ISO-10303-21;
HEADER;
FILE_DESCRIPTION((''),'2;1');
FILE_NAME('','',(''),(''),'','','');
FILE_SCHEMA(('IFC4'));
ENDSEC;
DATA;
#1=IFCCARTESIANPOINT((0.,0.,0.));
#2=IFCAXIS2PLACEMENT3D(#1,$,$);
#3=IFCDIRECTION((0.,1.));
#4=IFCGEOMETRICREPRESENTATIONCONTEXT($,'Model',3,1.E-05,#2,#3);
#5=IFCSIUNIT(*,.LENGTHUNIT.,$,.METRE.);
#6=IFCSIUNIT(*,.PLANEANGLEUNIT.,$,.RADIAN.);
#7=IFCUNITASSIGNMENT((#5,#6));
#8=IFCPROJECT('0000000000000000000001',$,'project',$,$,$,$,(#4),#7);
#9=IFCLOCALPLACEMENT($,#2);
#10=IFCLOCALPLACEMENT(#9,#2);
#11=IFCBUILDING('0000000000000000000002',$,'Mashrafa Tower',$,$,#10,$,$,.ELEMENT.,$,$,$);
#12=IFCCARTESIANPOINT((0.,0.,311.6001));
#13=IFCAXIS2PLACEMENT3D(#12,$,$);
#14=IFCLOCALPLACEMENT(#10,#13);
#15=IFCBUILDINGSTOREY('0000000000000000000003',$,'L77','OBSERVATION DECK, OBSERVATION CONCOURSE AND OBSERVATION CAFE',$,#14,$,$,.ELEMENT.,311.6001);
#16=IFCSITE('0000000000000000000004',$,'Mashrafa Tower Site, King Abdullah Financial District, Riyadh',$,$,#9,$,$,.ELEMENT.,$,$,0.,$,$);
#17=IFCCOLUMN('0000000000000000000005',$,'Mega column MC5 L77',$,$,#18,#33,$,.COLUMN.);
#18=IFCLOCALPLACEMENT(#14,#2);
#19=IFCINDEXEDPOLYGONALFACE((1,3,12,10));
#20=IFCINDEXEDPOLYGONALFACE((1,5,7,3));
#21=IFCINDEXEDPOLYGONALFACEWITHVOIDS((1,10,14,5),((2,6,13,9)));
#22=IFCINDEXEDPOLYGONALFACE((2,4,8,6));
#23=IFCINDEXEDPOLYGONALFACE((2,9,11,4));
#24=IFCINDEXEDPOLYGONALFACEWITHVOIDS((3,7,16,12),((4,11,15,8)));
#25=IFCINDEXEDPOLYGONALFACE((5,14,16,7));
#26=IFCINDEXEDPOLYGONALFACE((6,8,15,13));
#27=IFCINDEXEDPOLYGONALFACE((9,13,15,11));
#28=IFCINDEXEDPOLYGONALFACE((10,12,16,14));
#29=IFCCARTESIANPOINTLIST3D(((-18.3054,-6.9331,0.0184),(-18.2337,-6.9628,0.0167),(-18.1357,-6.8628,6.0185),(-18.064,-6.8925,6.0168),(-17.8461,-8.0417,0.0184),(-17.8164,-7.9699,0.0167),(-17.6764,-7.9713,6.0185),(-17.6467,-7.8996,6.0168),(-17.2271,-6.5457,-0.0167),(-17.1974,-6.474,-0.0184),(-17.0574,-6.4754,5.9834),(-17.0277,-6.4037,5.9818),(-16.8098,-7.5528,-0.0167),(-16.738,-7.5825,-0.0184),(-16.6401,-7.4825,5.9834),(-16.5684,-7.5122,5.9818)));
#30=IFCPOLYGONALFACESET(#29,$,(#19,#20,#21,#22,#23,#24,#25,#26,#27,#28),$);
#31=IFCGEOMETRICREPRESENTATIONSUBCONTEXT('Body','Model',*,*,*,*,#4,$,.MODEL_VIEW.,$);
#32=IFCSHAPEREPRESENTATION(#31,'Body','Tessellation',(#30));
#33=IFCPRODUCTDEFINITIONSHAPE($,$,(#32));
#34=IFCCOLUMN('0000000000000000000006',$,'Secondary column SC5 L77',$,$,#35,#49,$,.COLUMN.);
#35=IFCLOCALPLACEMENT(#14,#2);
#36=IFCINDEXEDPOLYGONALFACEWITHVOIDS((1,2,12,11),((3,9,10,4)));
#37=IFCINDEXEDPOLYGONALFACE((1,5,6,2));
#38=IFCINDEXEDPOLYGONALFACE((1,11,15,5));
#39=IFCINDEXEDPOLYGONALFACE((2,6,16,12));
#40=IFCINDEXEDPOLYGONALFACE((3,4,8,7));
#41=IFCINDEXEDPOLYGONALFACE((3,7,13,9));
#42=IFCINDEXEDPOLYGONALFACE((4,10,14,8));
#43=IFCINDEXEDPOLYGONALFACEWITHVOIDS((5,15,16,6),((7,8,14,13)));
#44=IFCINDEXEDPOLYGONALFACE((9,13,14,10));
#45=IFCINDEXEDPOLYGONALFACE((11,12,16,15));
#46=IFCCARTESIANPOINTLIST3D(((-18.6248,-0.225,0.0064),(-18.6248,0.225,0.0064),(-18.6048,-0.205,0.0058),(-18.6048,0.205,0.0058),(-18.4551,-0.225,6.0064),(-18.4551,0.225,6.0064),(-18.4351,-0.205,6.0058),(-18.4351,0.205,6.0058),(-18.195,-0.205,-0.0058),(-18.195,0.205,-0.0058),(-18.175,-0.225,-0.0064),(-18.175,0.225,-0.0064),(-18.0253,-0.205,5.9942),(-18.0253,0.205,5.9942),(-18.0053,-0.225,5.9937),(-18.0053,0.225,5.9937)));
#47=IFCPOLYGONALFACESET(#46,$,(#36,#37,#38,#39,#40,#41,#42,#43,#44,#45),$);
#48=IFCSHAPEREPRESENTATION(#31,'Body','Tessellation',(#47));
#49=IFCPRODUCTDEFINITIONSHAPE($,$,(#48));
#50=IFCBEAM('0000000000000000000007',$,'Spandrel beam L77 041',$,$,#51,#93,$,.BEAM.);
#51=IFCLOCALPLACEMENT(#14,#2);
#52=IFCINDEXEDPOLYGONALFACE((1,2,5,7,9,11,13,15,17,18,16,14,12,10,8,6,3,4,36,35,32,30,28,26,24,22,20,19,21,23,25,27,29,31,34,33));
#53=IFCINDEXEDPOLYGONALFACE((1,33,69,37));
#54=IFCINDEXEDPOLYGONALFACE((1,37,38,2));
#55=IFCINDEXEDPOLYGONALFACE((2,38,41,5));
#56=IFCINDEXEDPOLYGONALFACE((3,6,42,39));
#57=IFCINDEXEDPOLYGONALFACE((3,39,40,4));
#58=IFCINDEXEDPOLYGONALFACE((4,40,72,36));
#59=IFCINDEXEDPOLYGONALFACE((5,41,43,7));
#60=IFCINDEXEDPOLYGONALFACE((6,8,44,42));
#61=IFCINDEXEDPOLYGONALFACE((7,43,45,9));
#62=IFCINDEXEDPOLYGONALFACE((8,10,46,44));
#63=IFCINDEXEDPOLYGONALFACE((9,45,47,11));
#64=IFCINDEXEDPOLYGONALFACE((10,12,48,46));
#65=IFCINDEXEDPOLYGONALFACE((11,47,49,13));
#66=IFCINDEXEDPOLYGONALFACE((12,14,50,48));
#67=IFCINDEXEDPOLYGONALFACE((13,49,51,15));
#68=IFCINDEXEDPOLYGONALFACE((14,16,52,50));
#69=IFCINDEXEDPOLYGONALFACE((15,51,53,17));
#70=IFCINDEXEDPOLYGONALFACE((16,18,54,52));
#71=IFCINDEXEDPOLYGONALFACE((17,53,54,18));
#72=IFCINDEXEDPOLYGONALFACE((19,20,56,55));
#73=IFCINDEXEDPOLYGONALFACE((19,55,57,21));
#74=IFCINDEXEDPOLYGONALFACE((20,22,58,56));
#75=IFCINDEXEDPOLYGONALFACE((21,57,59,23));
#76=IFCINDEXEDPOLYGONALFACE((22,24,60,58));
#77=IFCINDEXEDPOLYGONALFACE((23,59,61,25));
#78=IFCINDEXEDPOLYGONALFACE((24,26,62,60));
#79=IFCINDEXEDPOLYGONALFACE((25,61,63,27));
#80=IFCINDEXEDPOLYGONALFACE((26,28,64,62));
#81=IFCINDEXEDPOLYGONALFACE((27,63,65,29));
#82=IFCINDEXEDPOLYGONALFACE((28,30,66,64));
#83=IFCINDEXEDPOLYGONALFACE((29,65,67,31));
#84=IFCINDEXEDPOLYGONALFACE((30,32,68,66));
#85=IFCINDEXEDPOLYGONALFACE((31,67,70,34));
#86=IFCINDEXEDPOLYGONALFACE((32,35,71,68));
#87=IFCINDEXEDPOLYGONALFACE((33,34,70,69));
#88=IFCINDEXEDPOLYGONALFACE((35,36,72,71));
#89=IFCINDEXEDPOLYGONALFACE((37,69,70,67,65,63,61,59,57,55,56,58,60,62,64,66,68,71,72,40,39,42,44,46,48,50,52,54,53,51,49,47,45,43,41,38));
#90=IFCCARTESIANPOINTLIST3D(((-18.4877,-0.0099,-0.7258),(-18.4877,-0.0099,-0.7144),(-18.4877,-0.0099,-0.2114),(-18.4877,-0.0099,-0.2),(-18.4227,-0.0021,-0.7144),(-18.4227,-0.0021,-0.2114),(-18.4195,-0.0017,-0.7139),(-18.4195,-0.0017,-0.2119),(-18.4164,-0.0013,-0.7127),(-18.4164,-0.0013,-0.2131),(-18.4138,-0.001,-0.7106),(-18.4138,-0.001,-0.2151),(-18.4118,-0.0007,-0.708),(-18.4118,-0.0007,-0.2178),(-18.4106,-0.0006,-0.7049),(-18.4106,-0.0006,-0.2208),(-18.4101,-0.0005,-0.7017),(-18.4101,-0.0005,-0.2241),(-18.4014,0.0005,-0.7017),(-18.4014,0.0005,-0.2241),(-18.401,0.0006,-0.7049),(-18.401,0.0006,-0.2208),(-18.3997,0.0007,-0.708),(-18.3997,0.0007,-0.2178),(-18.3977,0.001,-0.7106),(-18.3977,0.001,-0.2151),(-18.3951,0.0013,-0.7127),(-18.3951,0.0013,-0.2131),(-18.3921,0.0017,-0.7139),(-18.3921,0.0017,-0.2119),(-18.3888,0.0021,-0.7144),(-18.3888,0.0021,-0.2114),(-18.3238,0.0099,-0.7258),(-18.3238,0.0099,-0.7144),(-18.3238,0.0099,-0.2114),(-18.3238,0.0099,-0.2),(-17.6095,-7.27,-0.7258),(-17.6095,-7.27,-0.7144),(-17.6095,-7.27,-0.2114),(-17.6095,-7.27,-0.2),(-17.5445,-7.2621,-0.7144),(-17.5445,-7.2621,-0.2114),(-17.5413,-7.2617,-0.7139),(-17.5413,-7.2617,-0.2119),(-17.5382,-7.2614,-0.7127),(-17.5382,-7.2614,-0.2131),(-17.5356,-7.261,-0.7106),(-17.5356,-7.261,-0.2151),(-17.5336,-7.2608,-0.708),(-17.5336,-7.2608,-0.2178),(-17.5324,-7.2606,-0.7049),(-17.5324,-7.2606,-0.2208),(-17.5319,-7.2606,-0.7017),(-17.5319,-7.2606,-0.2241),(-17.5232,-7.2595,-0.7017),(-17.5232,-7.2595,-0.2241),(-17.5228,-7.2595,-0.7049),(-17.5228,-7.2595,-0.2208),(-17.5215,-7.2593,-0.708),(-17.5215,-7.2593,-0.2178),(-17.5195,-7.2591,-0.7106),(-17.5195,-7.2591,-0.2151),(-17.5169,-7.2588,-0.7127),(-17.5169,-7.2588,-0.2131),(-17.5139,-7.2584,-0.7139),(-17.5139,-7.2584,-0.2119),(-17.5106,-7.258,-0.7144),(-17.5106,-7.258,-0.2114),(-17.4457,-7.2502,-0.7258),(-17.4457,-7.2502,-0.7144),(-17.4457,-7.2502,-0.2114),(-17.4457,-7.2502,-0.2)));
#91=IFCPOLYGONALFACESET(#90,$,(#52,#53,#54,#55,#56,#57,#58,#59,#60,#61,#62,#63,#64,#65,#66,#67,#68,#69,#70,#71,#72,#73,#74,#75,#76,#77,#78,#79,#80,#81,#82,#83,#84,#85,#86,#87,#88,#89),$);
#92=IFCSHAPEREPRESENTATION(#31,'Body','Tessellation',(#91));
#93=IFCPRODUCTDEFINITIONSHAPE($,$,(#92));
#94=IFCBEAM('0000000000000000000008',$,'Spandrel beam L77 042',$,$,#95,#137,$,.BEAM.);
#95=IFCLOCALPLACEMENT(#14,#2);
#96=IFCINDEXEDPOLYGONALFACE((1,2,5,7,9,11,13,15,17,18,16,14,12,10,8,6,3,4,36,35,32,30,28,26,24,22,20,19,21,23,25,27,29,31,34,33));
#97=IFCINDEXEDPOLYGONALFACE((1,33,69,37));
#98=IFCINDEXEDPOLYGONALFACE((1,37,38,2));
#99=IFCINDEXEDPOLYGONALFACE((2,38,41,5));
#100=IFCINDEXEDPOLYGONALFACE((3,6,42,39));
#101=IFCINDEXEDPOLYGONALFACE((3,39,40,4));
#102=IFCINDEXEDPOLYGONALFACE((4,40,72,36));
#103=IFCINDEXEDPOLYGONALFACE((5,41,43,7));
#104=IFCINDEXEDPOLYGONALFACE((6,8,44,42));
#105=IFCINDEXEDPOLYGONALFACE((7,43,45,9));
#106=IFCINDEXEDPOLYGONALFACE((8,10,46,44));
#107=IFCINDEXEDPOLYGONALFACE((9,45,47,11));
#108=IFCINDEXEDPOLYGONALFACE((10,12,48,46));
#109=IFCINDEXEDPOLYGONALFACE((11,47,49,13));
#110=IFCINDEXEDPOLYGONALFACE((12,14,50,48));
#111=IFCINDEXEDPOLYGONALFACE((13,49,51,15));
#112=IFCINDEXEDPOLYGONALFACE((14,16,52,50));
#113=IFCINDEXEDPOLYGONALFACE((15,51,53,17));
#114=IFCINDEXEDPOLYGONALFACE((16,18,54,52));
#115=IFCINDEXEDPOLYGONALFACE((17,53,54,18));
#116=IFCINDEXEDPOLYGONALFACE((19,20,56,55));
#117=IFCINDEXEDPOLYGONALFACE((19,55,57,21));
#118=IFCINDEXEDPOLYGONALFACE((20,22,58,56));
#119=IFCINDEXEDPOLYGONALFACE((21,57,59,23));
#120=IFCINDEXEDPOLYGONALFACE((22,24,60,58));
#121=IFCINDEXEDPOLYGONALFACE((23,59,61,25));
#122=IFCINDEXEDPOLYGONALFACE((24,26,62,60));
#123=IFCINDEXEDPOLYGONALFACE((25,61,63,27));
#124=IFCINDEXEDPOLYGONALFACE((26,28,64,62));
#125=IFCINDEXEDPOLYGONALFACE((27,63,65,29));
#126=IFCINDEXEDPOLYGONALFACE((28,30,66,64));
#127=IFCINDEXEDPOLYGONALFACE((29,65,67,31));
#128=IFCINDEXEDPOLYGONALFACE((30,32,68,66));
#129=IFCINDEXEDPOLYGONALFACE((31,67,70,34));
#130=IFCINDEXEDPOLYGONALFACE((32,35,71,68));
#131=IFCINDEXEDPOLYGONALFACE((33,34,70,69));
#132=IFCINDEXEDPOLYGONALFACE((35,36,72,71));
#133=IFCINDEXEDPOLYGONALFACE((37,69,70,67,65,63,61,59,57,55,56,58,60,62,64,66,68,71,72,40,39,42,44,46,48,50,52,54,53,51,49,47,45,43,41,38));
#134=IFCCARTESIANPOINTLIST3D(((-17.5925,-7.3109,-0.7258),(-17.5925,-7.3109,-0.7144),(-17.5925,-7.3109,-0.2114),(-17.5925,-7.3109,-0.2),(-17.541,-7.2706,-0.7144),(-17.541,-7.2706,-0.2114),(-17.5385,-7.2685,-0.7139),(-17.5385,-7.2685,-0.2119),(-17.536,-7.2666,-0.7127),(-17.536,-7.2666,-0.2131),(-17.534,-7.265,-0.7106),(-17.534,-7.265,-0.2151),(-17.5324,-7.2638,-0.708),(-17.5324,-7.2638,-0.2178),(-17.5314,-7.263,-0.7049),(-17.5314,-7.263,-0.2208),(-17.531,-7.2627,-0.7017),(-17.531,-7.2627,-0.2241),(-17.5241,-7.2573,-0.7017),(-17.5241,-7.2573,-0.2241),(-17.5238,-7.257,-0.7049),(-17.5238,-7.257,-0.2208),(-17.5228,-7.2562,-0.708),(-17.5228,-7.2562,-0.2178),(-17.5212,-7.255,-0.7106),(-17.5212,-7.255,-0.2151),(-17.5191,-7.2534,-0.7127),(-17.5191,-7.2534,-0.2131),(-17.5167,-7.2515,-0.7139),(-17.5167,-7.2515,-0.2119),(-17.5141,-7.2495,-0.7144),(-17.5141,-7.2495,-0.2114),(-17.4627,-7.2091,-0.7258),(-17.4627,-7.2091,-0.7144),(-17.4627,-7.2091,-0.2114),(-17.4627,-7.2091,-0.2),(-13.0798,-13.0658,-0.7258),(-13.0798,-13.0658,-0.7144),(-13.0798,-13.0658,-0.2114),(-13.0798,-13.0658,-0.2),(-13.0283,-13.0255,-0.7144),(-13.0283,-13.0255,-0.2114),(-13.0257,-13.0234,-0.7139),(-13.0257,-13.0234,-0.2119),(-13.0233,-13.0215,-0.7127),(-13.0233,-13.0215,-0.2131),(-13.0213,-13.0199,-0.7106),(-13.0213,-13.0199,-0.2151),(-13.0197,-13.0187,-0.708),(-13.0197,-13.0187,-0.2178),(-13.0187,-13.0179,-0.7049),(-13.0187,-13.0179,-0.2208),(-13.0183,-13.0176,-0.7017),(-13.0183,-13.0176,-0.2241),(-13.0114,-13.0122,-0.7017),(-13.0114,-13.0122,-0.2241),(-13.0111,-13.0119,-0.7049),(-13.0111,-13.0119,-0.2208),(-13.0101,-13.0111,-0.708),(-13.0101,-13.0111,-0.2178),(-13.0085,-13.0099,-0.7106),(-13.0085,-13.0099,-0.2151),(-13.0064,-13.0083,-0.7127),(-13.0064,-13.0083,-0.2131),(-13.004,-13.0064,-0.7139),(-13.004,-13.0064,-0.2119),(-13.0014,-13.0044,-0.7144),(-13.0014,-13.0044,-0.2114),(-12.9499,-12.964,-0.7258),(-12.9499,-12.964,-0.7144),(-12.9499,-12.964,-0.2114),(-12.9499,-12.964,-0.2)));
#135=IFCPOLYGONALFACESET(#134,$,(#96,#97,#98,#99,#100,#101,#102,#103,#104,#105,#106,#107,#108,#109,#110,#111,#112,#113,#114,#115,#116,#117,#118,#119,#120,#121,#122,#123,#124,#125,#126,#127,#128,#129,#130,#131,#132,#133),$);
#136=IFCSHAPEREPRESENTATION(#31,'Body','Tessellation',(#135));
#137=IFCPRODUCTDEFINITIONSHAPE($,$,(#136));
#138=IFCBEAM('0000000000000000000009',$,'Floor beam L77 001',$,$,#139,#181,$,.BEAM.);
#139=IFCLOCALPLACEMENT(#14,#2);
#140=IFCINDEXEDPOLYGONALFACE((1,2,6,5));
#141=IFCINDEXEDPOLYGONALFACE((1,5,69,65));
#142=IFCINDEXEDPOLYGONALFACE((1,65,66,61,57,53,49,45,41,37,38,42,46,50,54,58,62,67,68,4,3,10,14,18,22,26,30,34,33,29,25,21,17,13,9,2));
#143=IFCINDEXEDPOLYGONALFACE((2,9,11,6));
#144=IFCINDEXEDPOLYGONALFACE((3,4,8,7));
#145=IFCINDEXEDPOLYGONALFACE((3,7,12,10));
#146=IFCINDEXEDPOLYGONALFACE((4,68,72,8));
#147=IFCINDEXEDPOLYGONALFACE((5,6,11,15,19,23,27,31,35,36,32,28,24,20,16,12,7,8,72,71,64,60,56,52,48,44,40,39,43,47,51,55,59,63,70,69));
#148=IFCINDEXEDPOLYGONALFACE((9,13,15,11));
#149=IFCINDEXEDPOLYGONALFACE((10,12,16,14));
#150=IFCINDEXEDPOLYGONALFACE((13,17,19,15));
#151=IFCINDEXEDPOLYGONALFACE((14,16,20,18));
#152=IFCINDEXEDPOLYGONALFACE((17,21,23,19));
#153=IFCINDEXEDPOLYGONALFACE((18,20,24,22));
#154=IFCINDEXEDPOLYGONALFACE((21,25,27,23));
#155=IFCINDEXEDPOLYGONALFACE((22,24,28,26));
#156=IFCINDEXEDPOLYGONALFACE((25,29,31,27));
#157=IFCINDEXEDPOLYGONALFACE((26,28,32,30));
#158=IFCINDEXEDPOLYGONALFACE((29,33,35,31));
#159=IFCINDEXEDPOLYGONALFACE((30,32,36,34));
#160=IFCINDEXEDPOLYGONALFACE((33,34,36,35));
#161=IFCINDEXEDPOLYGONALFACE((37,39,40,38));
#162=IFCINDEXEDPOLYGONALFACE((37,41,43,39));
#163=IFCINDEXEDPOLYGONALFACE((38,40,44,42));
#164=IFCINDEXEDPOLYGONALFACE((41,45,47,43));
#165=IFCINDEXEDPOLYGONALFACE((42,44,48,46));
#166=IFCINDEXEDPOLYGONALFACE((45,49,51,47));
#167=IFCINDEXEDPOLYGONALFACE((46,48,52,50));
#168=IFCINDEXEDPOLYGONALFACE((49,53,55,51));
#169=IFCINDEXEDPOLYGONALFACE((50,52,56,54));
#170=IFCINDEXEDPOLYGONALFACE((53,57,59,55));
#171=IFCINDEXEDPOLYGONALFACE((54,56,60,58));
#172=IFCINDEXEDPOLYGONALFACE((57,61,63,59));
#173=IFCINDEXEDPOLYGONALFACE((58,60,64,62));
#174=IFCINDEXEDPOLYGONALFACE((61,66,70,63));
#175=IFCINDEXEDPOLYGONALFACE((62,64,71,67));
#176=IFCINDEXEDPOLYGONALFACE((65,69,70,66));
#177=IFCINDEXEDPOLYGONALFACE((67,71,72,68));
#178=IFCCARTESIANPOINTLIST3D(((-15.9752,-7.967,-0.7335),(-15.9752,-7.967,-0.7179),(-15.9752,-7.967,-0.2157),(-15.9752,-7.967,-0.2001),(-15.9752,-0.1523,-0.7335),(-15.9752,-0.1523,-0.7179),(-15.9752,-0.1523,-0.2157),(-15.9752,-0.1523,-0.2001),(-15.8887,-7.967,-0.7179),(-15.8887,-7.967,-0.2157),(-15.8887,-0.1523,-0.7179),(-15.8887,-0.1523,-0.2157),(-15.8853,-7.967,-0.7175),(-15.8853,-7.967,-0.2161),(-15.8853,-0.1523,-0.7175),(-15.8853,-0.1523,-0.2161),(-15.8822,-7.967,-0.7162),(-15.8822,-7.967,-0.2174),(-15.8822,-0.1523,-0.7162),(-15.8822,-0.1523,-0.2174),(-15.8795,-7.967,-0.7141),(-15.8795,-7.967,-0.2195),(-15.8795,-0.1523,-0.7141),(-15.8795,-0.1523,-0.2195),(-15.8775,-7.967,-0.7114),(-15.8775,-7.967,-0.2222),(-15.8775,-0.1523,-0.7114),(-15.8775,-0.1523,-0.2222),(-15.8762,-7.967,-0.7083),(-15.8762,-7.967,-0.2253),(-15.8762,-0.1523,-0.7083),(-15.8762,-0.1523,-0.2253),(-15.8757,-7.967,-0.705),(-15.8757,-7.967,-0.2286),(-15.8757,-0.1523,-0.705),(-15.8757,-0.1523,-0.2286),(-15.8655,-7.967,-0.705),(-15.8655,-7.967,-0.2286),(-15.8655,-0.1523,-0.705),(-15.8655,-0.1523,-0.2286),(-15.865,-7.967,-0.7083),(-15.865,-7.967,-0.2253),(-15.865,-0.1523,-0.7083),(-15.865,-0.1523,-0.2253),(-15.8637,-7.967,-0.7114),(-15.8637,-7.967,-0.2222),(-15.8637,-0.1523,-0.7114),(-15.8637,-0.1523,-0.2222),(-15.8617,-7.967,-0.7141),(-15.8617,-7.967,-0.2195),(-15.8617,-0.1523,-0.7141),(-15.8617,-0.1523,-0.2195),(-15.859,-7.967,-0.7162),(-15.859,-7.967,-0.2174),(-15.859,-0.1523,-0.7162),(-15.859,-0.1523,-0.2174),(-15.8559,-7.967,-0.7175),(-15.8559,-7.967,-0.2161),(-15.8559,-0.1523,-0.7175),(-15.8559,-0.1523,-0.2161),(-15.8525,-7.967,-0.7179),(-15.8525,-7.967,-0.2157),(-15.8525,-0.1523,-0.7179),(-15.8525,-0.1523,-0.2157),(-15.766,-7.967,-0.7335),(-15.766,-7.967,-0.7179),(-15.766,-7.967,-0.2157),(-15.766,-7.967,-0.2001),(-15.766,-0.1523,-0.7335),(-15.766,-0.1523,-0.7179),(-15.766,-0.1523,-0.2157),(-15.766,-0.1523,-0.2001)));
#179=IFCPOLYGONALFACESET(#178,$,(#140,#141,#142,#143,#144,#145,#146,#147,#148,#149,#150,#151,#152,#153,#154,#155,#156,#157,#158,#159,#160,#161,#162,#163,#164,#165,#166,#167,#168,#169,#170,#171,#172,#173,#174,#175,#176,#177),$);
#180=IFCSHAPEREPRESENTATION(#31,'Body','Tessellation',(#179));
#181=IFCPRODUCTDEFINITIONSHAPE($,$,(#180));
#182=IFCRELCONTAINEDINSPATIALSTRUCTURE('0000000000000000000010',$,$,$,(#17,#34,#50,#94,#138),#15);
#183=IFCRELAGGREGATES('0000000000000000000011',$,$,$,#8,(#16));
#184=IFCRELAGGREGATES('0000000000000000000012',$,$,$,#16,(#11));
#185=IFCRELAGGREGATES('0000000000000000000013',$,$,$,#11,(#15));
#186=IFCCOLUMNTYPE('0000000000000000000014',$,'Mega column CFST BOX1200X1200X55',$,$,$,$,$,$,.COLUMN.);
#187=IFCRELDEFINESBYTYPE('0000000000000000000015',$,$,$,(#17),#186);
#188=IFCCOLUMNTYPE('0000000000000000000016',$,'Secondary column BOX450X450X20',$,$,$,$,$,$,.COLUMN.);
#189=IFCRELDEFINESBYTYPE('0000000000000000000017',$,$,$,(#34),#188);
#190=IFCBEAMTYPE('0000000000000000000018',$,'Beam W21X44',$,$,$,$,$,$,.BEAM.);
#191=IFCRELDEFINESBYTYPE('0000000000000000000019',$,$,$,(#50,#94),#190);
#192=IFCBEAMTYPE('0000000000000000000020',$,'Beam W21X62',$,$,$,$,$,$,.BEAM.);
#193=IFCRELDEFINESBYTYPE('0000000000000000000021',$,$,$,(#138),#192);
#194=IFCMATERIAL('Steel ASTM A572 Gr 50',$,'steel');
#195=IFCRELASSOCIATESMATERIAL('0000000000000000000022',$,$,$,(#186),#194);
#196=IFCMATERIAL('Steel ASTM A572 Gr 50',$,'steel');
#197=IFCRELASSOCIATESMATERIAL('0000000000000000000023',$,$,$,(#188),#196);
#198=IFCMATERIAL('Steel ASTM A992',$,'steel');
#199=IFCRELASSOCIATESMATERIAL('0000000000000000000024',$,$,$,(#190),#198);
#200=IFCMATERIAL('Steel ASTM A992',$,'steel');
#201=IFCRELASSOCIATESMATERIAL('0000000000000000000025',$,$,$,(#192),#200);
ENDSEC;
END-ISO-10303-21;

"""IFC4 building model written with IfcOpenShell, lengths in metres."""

from ifc_helpers import new_model, si_unit, direction, frame, origin, origin_2d, place, context, subcontext, project, spatial, hollow_rectangle, i_section, extrude, material, material_profile, profile_set, type_object, element, save


model = new_model("IFC4")

# Units and contexts
model_context = context("Model", 3, precision=1e-05, world=origin(), true_north=direction((0.0, 1.0)))
body_context = subcontext(model_context, "Body", "Model", "MODEL_VIEW")
ifc_project = project(units=[si_unit("LENGTHUNIT", "METRE"), si_unit("PLANEANGLEUNIT", "RADIAN")], contexts=[model_context])

# Site, building, storey
site_placement = place(None, origin())
site = spatial("IfcSite", under=ifc_project, at=site_placement, Name="Mashrafa Tower Site, King Abdullah Financial District, Riyadh", CompositionType="ELEMENT", RefElevation=0.0)
building_placement = place(site_placement, origin())
building = spatial("IfcBuilding", under=site, at=building_placement, Name="Mashrafa Tower", CompositionType="ELEMENT")
storey_placement = place(building_placement, frame((0.0, 0.0, 311.6001)))
storey = spatial("IfcBuildingStorey", under=building, at=storey_placement, Name="L77", Description="OBSERVATION DECK, OBSERVATION CONCOURSE AND OBSERVATION CAFE", CompositionType="ELEMENT", Elevation=311.6001)

# Columns
ifc_material_1 = material(Name="Steel ASTM A572 Gr 50", Category="steel")
ifc_material_profile_1 = material_profile(ifc_material_1, hollow_rectangle(XDim=1.2, YDim=1.2, WallThickness=0.0549, at=origin_2d()), Name="BOX1200X1200X55")
ifc_profile_set_1 = profile_set([ifc_material_profile_1], Name="Steel ASTM A572 Gr 50")
column_type_1 = type_object("IfcColumnType", Name="Mega column CFST BOX1200X1200X55", PredefinedType="COLUMN", material=ifc_profile_set_1)
column_1_placement = place(storey_placement, frame((-17.5217, -7.2578, 0.0), z_axis=(0.028266, 0.011713, 0.999532), x_axis=(-0.382821, 0.923822, 0.0)))
element("IfcColumn", 1, at=column_1_placement, inside=storey, type_object=column_type_1, Name="Mega column MC5 L77", PredefinedType="COLUMN", context=body_context, shape_type="SweptSolid", body=[
    extrude(hollow_rectangle(XDim=1.2, YDim=1.2, WallThickness=0.0549, at=origin_2d()), origin(), (0.0, 0.0, 1.0), 6.0029),
])
ifc_material_2 = material(Name="Steel ASTM A572 Gr 50", Category="steel")
ifc_material_profile_2 = material_profile(ifc_material_2, hollow_rectangle(XDim=0.45, YDim=0.45, WallThickness=0.02, at=origin_2d()), Name="BOX450X450X20")
ifc_profile_set_2 = profile_set([ifc_material_profile_2], Name="Steel ASTM A572 Gr 50")
column_type_2 = type_object("IfcColumnType", Name="Secondary column BOX450X450X20", PredefinedType="COLUMN", material=ifc_profile_set_2)
column_2_placement = place(storey_placement, frame((-18.3999, 0.0, 0.0), z_axis=(0.028268, 0.0, 0.9996), x_axis=(0.0, 1.0, 0.0)))
element("IfcColumn", 2, at=column_2_placement, inside=storey, type_object=column_type_2, Name="Secondary column SC5 L77", PredefinedType="COLUMN", context=body_context, shape_type="SweptSolid", body=[
    extrude(hollow_rectangle(XDim=0.45, YDim=0.45, WallThickness=0.02, at=origin_2d()), origin(), (0.0, 0.0, 1.0), 6.0024),
])

# Beams
ifc_material_3 = material(Name="Steel ASTM A992", Category="steel")
ifc_material_profile_3 = material_profile(ifc_material_3, i_section(OverallWidth=0.165, OverallDepth=0.5259, WebThickness=0.0088, FlangeThickness=0.0115, FilletRadius=0.0127, at=origin_2d()), Name="W21X44")
ifc_profile_set_3 = profile_set([ifc_material_profile_3], Name="Steel ASTM A992")
beam_type_1 = type_object("IfcBeamType", Name="Beam W21X44", PredefinedType="BEAM", material=ifc_profile_set_3)
beam_1_placement = place(storey_placement, frame((-18.4058, 0.0, -0.4629), z_axis=(0.120085, -0.992764, 0.0), x_axis=(0.992764, 0.120085, 0.0)))
element("IfcBeam", 3, at=beam_1_placement, inside=storey, type_object=beam_type_1, Name="Spandrel beam L77 041", PredefinedType="BEAM", context=body_context, shape_type="SweptSolid", body=[
    extrude(i_section(OverallWidth=0.165, OverallDepth=0.5259, WebThickness=0.0088, FlangeThickness=0.0115, FilletRadius=0.0127, at=origin_2d()), origin(), (0.0, 0.0, 1.0), 7.313),
])
beam_2_placement = place(storey_placement, frame((-17.5276, -7.26, -0.4629), z_axis=(0.61706, -0.786916, 0.0), x_axis=(0.786916, 0.61706, 0.0)))
element("IfcBeam", 4, at=beam_2_placement, inside=storey, type_object=beam_type_1, Name="Spandrel beam L77 042", PredefinedType="BEAM", context=body_context, shape_type="SweptSolid", body=[
    extrude(i_section(OverallWidth=0.165, OverallDepth=0.5259, WebThickness=0.0088, FlangeThickness=0.0115, FilletRadius=0.0127, at=origin_2d()), origin(), (0.0, 0.0, 1.0), 7.3132),
])
ifc_material_4 = material(Name="Steel ASTM A992", Category="steel")
ifc_material_profile_4 = material_profile(ifc_material_4, i_section(OverallWidth=0.2092, OverallDepth=0.5334, WebThickness=0.0103, FlangeThickness=0.0156, FilletRadius=0.0129, at=origin_2d()), Name="W21X62")
ifc_profile_set_4 = profile_set([ifc_material_profile_4], Name="Steel ASTM A992")
beam_type_2 = type_object("IfcBeamType", Name="Beam W21X62", PredefinedType="BEAM", material=ifc_profile_set_4)
beam_3_placement = place(storey_placement, frame((-15.8706, -7.967, -0.4668), z_axis=(0.0, 1.0, 0.0), x_axis=(-1.0, 0.0, 0.0)))
element("IfcBeam", 5, at=beam_3_placement, inside=storey, type_object=beam_type_2, Name="Floor beam L77 001", PredefinedType="BEAM", context=body_context, shape_type="SweptSolid", body=[
    extrude(i_section(OverallWidth=0.2092, OverallDepth=0.5334, WebThickness=0.0103, FlangeThickness=0.0156, FilletRadius=0.0129, at=origin_2d()), origin(), (0.0, 0.0, 1.0), 7.8147),
])

save(model, "model.ifc")
